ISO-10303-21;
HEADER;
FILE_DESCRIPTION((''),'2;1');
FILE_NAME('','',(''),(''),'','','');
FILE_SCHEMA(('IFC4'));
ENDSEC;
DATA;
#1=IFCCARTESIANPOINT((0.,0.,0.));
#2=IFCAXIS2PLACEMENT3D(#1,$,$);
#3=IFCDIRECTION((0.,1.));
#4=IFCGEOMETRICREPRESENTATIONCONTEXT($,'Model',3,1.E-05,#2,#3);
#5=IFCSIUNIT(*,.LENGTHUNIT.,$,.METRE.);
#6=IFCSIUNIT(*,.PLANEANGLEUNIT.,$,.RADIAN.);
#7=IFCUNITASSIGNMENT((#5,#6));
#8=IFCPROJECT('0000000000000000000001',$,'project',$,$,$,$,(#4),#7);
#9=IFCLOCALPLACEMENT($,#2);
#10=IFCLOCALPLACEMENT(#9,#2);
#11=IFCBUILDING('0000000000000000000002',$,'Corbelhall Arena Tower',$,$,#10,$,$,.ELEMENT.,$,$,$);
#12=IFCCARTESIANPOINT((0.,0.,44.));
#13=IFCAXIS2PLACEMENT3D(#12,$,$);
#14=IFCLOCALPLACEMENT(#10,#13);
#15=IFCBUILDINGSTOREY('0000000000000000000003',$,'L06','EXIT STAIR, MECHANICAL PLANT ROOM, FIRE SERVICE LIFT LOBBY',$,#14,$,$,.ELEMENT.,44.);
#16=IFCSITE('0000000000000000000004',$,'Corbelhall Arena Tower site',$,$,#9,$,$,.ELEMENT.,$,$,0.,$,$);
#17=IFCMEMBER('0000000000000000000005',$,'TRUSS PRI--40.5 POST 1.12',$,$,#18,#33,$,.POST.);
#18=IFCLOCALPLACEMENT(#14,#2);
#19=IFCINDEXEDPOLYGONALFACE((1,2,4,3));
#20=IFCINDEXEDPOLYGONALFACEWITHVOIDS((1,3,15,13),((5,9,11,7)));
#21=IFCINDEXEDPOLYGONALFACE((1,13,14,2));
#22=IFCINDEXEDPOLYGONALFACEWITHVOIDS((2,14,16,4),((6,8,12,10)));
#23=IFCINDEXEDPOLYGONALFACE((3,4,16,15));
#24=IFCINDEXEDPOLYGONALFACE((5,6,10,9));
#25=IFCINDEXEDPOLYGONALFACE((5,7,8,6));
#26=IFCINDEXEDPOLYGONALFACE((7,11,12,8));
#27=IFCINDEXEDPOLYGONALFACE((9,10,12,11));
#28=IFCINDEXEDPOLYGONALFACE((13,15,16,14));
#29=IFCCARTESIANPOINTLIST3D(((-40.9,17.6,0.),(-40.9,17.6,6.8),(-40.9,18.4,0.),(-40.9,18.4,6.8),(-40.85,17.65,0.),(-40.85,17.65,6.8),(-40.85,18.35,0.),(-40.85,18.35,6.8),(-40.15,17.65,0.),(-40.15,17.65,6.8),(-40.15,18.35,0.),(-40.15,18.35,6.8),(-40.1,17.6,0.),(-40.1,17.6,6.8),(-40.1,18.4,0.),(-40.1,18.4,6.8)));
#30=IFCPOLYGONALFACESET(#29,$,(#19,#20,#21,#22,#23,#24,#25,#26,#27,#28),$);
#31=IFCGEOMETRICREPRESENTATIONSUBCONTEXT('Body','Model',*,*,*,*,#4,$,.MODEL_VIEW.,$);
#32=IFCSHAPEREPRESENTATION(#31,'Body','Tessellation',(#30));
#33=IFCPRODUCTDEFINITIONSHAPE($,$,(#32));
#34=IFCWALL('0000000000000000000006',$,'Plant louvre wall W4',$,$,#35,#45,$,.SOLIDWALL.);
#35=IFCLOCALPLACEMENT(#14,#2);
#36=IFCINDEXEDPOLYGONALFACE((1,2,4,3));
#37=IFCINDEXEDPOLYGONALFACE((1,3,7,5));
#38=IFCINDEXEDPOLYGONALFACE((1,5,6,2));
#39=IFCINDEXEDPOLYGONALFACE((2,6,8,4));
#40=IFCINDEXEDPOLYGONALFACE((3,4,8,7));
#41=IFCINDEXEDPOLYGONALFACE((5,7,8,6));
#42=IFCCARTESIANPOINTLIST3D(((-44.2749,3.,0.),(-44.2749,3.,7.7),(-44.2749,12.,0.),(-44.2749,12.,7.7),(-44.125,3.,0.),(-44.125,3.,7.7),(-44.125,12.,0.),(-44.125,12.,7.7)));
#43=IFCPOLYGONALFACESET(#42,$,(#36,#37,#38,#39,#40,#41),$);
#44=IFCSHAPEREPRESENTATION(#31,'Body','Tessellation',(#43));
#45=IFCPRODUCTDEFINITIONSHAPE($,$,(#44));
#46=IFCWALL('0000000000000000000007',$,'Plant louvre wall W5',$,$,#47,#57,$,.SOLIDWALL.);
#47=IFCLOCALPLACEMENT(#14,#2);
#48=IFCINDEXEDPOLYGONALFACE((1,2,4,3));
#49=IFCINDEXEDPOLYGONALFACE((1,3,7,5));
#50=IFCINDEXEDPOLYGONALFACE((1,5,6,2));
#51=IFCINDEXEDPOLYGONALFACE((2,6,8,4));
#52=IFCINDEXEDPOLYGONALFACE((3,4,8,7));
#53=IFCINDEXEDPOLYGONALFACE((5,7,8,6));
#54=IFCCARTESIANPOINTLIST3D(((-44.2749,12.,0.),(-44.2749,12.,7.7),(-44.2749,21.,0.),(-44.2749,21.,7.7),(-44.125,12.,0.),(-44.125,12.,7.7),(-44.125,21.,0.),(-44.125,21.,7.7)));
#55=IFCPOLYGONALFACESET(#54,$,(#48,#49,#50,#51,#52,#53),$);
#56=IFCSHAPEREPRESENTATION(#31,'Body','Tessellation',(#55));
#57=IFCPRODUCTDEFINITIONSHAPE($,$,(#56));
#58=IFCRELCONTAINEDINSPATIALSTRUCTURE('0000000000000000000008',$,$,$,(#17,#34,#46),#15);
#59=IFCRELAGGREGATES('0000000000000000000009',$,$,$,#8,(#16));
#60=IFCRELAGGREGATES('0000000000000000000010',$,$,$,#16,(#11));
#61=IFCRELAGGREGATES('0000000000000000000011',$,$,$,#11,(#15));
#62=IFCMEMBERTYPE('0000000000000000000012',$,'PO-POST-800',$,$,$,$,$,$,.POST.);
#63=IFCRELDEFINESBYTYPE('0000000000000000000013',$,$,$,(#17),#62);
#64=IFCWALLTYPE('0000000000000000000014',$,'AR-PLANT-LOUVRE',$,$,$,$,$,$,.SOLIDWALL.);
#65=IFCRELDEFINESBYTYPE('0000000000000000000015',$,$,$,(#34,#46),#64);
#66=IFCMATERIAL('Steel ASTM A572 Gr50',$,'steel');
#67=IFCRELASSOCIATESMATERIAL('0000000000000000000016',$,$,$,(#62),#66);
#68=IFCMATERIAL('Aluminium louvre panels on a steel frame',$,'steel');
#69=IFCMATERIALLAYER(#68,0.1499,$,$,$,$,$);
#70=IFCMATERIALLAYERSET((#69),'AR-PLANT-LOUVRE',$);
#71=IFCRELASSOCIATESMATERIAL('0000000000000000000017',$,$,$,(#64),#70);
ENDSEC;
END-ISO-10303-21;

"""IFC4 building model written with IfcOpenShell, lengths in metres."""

from ifc_helpers import new_model, si_unit, direction, frame, frame_2d, origin, origin_2d, place, context, subcontext, project, spatial, rectangle, hollow_rectangle, extrude, material, layer, layer_set, material_profile, profile_set, type_object, element, save


model = new_model("IFC4")

# Units and contexts
model_context = context("Model", 3, precision=1e-05, world=origin(), true_north=direction((0.0, 1.0)))
body_context = subcontext(model_context, "Body", "Model", "MODEL_VIEW")
ifc_project = project(units=[si_unit("LENGTHUNIT", "METRE"), si_unit("PLANEANGLEUNIT", "RADIAN")], contexts=[model_context])

# Site, building, storey
site_placement = place(None, origin())
site = spatial("IfcSite", under=ifc_project, at=site_placement, Name="Corbelhall Arena Tower site", CompositionType="ELEMENT", RefElevation=0.0)
building_placement = place(site_placement, origin())
building = spatial("IfcBuilding", under=site, at=building_placement, Name="Corbelhall Arena Tower", CompositionType="ELEMENT")
storey_placement = place(building_placement, frame((0.0, 0.0, 44.0)))
storey = spatial("IfcBuildingStorey", under=building, at=storey_placement, Name="L06", Description="EXIT STAIR, MECHANICAL PLANT ROOM, FIRE SERVICE LIFT LOBBY", CompositionType="ELEMENT", Elevation=44.0)

# Member
ifc_material_1 = material(Name="Steel ASTM A572 Gr50", Category="steel")
ifc_material_profile_1 = material_profile(ifc_material_1, hollow_rectangle(XDim=0.8, YDim=0.8, WallThickness=0.05, at=origin_2d()))
ifc_profile_set_1 = profile_set([ifc_material_profile_1], Name="Steel ASTM A572 Gr50")
member_type_1 = type_object("IfcMemberType", Name="PO-POST-800", PredefinedType="POST", material=ifc_profile_set_1)
for number, where, z_axis, x_axis, name in (
    (1, (-40.5, 18.0, 0.0), (0.0, 0.0, 1.0), (1.0, 0.0, 0.0), "TRUSS PRI--40.5 POST 1.12"),
):
    element("IfcMember", number, at=place(storey_placement, frame(where, z_axis=z_axis, x_axis=x_axis)), inside=storey, type_object=member_type_1, Name=name, PredefinedType="POST", context=body_context, shape_type="SweptSolid", body=[
        extrude(hollow_rectangle(XDim=0.8, YDim=0.8, WallThickness=0.05, at=origin_2d()), origin(), (0.0, 0.0, 1.0), 6.8),
    ])

# Walls
ifc_material_2 = material(Name="Aluminium louvre panels on a steel frame", Category="steel")
ifc_layer = layer(ifc_material_2, 0.1499)
ifc_layer_set = layer_set([ifc_layer], Name="AR-PLANT-LOUVRE")
wall_type = type_object("IfcWallType", Name="AR-PLANT-LOUVRE", PredefinedType="SOLIDWALL", material=ifc_layer_set)
for number, where, z_axis, x_axis, name in (
    (2, (-44.2, 3.0, 0.0), (0.0, 0.0, 1.0), (0.0, 1.0, 0.0), "Plant louvre wall W4"),
    (3, (-44.2, 12.0, 0.0), (0.0, 0.0, 1.0), (0.0, 1.0, 0.0), "Plant louvre wall W5"),
):
    element("IfcWall", number, at=place(storey_placement, frame(where, z_axis=z_axis, x_axis=x_axis)), inside=storey, type_object=wall_type, Name=name, PredefinedType="SOLIDWALL", context=body_context, shape_type="SweptSolid", body=[
        extrude(rectangle(XDim=9.0, YDim=0.1499, at=frame_2d((4.5, 0.0))), origin(), (0.0, 0.0, 1.0), 7.7),
    ])

save(model, "model.ifc")
